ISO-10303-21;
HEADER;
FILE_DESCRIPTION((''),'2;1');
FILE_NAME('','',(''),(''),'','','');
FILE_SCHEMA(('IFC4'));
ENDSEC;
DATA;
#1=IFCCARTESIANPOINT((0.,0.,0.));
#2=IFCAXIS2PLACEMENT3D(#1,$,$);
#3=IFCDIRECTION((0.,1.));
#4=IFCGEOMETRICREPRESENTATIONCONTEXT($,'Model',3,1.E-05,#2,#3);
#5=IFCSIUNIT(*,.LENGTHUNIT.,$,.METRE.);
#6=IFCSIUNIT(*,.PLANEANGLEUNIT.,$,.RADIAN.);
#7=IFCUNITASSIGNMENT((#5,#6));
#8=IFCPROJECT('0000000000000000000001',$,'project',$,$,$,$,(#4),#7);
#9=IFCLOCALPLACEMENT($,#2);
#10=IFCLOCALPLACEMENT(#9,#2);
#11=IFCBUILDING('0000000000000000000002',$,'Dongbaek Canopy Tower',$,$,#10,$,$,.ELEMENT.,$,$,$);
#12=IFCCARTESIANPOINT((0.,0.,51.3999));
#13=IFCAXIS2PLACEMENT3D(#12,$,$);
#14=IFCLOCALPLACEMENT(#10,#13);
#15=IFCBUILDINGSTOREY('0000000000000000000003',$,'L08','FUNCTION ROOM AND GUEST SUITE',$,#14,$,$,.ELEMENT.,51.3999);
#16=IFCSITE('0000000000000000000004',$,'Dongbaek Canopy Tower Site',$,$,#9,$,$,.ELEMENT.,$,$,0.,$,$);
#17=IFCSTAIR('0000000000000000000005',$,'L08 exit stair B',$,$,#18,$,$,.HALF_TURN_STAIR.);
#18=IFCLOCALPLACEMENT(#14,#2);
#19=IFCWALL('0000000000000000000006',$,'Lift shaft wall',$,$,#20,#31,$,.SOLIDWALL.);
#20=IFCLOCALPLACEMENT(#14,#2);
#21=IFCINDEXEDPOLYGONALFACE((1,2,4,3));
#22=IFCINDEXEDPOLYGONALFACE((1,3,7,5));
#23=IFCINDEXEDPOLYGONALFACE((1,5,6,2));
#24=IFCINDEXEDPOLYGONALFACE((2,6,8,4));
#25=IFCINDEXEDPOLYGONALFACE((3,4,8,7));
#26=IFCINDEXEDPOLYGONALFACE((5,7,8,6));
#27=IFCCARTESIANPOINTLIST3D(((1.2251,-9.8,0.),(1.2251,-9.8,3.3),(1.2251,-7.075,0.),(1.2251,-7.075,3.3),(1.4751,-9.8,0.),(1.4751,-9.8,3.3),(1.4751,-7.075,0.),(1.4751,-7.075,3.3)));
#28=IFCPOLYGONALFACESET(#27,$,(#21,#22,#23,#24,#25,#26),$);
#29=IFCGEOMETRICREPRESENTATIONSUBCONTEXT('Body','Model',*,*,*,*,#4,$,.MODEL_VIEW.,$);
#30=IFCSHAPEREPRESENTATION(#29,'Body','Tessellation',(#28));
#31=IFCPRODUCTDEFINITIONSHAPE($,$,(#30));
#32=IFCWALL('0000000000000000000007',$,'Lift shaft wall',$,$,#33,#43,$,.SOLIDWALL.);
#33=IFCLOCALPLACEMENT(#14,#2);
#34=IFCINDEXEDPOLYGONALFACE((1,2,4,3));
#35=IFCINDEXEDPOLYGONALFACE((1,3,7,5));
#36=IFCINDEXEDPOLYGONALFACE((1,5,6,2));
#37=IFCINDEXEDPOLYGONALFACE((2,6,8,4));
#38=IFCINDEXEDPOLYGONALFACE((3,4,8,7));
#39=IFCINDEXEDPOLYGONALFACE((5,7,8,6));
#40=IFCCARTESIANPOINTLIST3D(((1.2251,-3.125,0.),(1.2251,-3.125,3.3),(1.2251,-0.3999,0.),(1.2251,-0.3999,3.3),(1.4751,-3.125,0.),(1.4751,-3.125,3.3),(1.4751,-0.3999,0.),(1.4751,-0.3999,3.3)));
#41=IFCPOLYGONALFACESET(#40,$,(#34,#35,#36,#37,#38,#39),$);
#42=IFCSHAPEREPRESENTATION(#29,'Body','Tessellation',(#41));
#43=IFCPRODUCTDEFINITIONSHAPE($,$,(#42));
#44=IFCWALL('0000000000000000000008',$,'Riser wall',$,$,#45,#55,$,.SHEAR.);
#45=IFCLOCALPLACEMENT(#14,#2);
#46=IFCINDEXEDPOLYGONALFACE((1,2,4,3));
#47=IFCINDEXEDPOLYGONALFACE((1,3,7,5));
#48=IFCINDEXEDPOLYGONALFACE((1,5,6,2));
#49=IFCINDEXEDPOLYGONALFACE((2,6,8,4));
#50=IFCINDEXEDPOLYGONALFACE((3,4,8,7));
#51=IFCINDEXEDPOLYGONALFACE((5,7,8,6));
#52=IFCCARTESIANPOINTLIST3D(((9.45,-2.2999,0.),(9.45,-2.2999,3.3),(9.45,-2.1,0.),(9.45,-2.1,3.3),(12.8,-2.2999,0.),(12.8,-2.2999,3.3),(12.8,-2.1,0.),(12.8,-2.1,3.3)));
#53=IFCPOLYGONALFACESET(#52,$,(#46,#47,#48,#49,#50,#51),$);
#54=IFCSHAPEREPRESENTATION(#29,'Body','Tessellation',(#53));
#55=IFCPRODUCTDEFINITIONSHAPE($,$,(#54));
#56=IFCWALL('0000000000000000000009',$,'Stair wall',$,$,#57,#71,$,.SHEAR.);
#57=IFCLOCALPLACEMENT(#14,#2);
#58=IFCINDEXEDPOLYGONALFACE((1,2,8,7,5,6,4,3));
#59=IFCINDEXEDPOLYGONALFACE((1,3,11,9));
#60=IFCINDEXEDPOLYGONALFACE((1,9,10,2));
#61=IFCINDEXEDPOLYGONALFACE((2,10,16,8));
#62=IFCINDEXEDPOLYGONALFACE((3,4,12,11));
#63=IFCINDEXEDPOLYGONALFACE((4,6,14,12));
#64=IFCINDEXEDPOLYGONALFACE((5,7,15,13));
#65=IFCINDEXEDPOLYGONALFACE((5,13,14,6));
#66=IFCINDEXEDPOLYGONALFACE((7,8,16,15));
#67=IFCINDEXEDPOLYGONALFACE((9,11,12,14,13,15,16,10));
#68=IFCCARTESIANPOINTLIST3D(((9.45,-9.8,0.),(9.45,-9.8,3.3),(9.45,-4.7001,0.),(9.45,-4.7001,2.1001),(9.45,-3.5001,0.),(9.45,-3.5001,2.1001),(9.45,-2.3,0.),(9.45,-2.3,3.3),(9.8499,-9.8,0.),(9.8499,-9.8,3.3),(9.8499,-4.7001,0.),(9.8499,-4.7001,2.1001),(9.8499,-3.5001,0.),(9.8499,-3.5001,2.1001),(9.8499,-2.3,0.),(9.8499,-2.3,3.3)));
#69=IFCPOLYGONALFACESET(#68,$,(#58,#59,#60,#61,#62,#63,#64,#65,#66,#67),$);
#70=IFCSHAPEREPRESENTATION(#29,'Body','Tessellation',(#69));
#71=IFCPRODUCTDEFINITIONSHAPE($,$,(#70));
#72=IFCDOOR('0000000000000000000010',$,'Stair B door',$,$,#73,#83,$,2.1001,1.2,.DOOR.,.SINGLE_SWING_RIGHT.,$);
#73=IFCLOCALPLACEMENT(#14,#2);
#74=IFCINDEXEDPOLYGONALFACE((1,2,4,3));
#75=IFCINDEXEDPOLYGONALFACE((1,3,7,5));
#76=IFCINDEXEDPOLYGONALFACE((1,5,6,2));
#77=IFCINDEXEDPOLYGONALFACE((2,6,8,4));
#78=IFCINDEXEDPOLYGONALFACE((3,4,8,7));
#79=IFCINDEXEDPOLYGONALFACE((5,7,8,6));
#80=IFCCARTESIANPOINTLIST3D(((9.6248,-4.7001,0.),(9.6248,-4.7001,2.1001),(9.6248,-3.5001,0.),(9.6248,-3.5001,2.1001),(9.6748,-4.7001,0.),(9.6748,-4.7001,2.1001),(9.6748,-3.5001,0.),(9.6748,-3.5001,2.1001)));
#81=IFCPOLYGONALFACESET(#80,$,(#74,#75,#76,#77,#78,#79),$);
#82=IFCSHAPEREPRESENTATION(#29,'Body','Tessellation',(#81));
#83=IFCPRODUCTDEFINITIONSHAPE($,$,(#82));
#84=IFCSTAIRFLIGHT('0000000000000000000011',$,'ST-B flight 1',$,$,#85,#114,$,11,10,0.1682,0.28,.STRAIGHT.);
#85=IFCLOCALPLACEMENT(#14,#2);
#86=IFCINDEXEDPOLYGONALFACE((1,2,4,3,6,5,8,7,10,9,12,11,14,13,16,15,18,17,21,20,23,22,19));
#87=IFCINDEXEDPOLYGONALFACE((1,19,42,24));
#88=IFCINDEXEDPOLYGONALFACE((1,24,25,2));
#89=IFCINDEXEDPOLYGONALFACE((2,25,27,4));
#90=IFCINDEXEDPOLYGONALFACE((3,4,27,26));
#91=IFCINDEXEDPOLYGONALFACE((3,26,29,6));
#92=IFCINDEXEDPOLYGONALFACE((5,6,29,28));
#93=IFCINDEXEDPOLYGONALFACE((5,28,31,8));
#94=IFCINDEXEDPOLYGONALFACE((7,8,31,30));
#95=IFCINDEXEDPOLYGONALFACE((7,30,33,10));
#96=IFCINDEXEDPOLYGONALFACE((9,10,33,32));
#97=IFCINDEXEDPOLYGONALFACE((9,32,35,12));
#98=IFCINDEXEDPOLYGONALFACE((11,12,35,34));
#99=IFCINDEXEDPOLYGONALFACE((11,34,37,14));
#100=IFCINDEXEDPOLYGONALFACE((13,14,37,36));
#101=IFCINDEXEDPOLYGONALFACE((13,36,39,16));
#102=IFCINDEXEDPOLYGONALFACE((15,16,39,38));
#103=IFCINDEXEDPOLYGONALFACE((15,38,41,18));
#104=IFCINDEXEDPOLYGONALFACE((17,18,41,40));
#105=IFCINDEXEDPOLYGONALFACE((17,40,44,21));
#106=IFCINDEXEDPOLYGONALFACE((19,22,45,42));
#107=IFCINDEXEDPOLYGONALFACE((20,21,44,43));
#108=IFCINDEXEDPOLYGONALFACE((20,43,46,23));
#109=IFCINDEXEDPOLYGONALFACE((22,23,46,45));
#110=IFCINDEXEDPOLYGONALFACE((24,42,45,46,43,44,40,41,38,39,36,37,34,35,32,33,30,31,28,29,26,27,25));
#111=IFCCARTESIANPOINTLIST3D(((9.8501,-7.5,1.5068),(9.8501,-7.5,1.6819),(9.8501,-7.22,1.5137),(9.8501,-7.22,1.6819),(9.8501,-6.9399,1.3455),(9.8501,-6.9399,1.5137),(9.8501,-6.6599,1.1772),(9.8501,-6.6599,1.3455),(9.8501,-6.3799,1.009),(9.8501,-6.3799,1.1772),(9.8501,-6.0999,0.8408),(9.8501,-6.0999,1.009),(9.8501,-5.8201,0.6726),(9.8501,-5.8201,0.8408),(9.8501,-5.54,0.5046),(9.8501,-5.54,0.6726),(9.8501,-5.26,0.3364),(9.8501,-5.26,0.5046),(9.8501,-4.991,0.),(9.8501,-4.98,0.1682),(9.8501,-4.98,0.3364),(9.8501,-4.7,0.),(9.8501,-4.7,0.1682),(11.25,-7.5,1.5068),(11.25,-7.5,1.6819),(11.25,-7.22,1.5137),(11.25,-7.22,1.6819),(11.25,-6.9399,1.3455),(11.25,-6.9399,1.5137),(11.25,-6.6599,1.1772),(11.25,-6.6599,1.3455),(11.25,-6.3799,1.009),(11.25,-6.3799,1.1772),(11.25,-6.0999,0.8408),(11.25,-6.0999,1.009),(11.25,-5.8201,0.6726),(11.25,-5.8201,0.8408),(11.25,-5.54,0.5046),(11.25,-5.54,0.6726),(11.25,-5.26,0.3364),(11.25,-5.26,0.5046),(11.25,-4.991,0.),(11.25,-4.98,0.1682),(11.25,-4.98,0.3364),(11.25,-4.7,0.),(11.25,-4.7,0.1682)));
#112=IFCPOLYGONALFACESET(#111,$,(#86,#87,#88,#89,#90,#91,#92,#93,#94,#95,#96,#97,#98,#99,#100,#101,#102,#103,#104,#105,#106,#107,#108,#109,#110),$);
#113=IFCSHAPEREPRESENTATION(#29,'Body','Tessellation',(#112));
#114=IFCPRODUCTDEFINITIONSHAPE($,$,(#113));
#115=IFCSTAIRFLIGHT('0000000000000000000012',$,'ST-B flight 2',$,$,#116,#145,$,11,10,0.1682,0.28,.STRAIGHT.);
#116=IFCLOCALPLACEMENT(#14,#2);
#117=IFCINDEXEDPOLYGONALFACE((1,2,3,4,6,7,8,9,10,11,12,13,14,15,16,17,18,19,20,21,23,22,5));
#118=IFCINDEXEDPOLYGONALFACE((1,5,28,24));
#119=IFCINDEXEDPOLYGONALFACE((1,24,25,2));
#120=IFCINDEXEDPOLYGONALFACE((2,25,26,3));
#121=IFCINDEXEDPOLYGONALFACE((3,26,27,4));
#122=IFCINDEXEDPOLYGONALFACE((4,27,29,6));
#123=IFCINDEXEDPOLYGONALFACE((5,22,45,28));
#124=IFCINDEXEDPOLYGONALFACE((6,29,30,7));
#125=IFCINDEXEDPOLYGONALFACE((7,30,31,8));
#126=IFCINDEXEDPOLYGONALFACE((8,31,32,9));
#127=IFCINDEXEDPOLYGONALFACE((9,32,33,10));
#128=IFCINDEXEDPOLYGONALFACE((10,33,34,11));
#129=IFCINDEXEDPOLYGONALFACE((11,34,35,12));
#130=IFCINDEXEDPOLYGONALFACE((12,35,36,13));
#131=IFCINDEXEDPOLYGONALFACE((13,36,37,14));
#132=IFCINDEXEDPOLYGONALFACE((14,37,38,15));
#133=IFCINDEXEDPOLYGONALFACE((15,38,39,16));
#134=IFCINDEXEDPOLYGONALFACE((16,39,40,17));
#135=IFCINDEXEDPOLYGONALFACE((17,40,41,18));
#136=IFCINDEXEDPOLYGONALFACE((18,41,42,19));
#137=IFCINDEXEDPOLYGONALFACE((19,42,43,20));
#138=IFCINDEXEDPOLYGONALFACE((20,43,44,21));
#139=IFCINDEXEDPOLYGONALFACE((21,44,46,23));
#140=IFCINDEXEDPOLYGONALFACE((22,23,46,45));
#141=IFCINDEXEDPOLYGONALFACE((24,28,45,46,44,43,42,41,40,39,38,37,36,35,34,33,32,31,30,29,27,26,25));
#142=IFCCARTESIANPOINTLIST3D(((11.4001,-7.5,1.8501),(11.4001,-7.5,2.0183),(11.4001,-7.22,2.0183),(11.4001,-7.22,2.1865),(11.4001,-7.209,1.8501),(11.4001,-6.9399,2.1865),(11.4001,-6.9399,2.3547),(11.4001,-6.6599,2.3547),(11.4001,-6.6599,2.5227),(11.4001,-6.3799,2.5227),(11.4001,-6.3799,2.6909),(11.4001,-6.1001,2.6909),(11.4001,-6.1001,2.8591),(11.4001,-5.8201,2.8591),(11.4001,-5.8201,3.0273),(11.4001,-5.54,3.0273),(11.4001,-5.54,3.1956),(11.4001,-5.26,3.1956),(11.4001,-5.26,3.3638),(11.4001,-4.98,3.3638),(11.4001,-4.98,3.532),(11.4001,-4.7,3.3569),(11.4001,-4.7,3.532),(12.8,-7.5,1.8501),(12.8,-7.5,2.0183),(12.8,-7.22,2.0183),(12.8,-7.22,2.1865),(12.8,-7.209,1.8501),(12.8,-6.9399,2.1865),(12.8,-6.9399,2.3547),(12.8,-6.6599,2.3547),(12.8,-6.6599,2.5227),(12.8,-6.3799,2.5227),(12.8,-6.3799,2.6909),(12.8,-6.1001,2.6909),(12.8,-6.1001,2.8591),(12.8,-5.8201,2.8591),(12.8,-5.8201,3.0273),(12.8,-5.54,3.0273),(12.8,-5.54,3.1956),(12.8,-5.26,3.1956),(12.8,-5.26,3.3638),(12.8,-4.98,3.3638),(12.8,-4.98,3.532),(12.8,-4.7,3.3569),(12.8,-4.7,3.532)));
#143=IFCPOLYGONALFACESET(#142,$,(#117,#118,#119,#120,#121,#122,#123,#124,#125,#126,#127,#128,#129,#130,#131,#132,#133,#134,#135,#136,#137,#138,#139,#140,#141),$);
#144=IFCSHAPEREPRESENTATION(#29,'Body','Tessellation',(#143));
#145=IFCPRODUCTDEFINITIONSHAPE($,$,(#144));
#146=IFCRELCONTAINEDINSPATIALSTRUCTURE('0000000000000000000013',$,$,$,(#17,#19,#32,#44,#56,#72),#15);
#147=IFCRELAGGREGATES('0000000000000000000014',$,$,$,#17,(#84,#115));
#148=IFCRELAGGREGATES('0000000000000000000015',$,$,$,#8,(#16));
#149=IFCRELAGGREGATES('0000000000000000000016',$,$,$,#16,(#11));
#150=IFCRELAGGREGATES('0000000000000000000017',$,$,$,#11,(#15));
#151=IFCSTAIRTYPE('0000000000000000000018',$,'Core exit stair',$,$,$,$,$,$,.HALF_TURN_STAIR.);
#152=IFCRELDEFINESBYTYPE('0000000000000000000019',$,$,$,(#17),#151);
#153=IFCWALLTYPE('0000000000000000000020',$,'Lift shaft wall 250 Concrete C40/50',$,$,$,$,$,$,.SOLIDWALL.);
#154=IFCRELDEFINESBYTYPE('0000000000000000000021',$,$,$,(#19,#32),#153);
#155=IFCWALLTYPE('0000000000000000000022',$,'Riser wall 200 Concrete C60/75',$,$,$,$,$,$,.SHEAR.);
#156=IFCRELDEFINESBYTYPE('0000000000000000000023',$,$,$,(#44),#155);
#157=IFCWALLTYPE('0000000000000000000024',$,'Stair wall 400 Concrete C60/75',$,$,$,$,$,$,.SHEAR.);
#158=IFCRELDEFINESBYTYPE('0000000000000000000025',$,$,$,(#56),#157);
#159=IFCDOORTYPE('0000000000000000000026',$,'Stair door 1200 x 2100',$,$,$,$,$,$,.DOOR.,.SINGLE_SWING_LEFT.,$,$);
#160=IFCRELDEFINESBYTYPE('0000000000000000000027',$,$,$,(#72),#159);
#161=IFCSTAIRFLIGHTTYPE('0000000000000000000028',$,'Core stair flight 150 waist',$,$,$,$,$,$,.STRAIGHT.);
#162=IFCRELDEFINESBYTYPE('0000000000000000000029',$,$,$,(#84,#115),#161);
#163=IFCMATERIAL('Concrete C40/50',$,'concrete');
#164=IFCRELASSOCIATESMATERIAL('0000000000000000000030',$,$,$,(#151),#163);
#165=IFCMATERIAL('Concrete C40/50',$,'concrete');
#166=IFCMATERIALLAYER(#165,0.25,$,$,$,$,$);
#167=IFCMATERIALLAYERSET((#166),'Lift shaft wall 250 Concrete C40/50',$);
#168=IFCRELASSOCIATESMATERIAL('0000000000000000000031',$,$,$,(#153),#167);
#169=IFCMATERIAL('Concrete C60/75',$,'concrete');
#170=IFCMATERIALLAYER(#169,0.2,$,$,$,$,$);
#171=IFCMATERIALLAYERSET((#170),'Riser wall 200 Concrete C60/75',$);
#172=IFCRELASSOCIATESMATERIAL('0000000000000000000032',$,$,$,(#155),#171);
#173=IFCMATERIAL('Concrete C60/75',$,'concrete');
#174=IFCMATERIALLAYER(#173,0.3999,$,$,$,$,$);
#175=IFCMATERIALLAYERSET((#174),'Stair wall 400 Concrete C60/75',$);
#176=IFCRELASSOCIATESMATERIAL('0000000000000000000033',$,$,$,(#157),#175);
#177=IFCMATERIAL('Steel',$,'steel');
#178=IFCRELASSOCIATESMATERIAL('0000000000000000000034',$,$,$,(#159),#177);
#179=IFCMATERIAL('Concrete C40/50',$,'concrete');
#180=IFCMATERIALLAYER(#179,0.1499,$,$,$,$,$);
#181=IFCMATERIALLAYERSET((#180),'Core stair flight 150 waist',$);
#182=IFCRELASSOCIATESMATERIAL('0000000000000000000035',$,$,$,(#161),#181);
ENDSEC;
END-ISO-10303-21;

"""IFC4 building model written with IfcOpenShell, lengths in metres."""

from ifc_helpers import new_model, si_unit, direction, frame, frame_2d, origin, place, context, subcontext, project, spatial, polyline, rectangle, outline, extrude, material, layer, layer_set, type_object, element, fill, aggregate, save


model = new_model("IFC4")

# Units and contexts
model_context = context("Model", 3, precision=1e-05, world=origin(), true_north=direction((0.0, 1.0)))
body_context = subcontext(model_context, "Body", "Model", "MODEL_VIEW")
ifc_project = project(units=[si_unit("LENGTHUNIT", "METRE"), si_unit("PLANEANGLEUNIT", "RADIAN")], contexts=[model_context])

# Site, building, storey
site_placement = place(None, origin())
site = spatial("IfcSite", under=ifc_project, at=site_placement, Name="Dongbaek Canopy Tower Site", CompositionType="ELEMENT", RefElevation=0.0)
building_placement = place(site_placement, origin())
building = spatial("IfcBuilding", under=site, at=building_placement, Name="Dongbaek Canopy Tower", CompositionType="ELEMENT")
storey_placement = place(building_placement, frame((0.0, 0.0, 51.3999)))
storey = spatial("IfcBuildingStorey", under=building, at=storey_placement, Name="L08", Description="FUNCTION ROOM AND GUEST SUITE", CompositionType="ELEMENT", Elevation=51.3999)

# Stair
ifc_material_1 = material(Name="Concrete C40/50", Category="concrete")
stair_type = type_object("IfcStairType", Name="Core exit stair", PredefinedType="HALF_TURN_STAIR", material=ifc_material_1)
stair_1_placement = place(storey_placement, origin())
stair_1 = element("IfcStair", 1, at=stair_1_placement, inside=storey, type_object=stair_type, Name="L08 exit stair B", PredefinedType="HALF_TURN_STAIR")

# Walls
ifc_material_2 = material(Name="Concrete C40/50", Category="concrete")
ifc_layer_1 = layer(ifc_material_2, 0.25)
ifc_layer_set_1 = layer_set([ifc_layer_1], Name="Lift shaft wall 250 Concrete C40/50")
wall_type_1 = type_object("IfcWallType", Name="Lift shaft wall 250 Concrete C40/50", PredefinedType="SOLIDWALL", material=ifc_layer_set_1)
for number, where, z_axis, x_axis, name in (
    (2, (1.3501, -9.8, 0.0), (0.0, 0.0, 1.0), (0.0, 1.0, 0.0), "Lift shaft wall"),
    (3, (1.3501, -3.125, 0.0), (0.0, 0.0, 1.0), (0.0, 1.0, 0.0), "Lift shaft wall"),
):
    element("IfcWall", number, at=place(storey_placement, frame(where, z_axis=z_axis, x_axis=x_axis)), inside=storey, type_object=wall_type_1, Name=name, PredefinedType="SOLIDWALL", context=body_context, shape_type="SweptSolid", body=[
        extrude(rectangle(XDim=2.7251, YDim=0.25, at=frame_2d((1.3625, 0.0))), origin(), (0.0, 0.0, 1.0), 3.3),
    ])
ifc_material_3 = material(Name="Concrete C60/75", Category="concrete")
ifc_layer_2 = layer(ifc_material_3, 0.2)
ifc_layer_set_2 = layer_set([ifc_layer_2], Name="Riser wall 200 Concrete C60/75")
wall_type_2 = type_object("IfcWallType", Name="Riser wall 200 Concrete C60/75", PredefinedType="SHEAR", material=ifc_layer_set_2)
wall_1_placement = place(storey_placement, frame((9.45, -2.2, 0.0), z_axis=(0.0, 0.0, 1.0), x_axis=(1.0, 0.0, 0.0)))
element("IfcWall", 4, at=wall_1_placement, inside=storey, type_object=wall_type_2, Name="Riser wall", PredefinedType="SHEAR", context=body_context, shape_type="SweptSolid", body=[
    extrude(rectangle(XDim=3.3501, YDim=0.2, at=frame_2d((1.675, 0.0))), origin(), (0.0, 0.0, 1.0), 3.3),
])

# Wall, opening, door
ifc_material_4 = material(Name="Concrete C60/75", Category="concrete")
ifc_layer_3 = layer(ifc_material_4, 0.3999)
ifc_layer_set_3 = layer_set([ifc_layer_3], Name="Stair wall 400 Concrete C60/75")
wall_type_3 = type_object("IfcWallType", Name="Stair wall 400 Concrete C60/75", PredefinedType="SHEAR", material=ifc_layer_set_3)
wall_2_placement = place(storey_placement, frame((9.6499, -2.3, 0.0), z_axis=(0.0, 0.0, 1.0), x_axis=(0.0, -1.0, 0.0)))
wall_2 = element("IfcWall", 5, at=wall_2_placement, inside=storey, type_object=wall_type_3, Name="Stair wall", PredefinedType="SHEAR", context=body_context, shape_type="SweptSolid", body=[
    extrude(rectangle(XDim=7.5, YDim=0.3999, at=frame_2d((3.75, 0.0))), origin(), (0.0, 0.0, 1.0), 3.3),
])
opening_1_placement = place(wall_2_placement, frame((1.2, 0.0, 0.0)))
opening_1 = element("IfcOpeningElement", 6, at=opening_1_placement, cuts=wall_2, PredefinedType="OPENING", context=body_context, shape_type="SweptSolid", body=[
    extrude(rectangle(XDim=1.2, YDim=2.1001, at=frame_2d((0.6001, 1.05))), frame((0.0, 0.21, 0.0), z_axis=(0.0, -1.0, 0.0), x_axis=(1.0, 0.0, 0.0)), (0.0, 0.0, 1.0), 0.4199),
])
ifc_material_5 = material(Name="Steel", Category="steel")
door_type_1 = type_object("IfcDoorType", Name="Stair door 1200 x 2100", OperationType="SINGLE_SWING_LEFT", PredefinedType="DOOR", material=ifc_material_5)
door_1_placement = place(opening_1_placement, origin())
door_1 = element("IfcDoor", 7, at=door_1_placement, inside=storey, type_object=door_type_1, Name="Stair B door", OperationType="SINGLE_SWING_RIGHT", OverallHeight=2.1001, OverallWidth=1.2, PredefinedType="DOOR", context=body_context, shape_type="SweptSolid", body=[
    extrude(rectangle(XDim=1.2, YDim=2.1001, at=frame_2d((0.6001, 1.05))), frame((0.0, 0.0249, 0.0), z_axis=(0.0, -1.0, 0.0), x_axis=(1.0, 0.0, 0.0)), (0.0, 0.0, 1.0), 0.05),
])
fill(opening_1, door_1)

# Stair flights
ifc_material_6 = material(Name="Concrete C40/50", Category="concrete")
ifc_layer_4 = layer(ifc_material_6, 0.1499)
ifc_layer_set_4 = layer_set([ifc_layer_4], Name="Core stair flight 150 waist")
stair_flight_type = type_object("IfcStairFlightType", Name="Core stair flight 150 waist", PredefinedType="STRAIGHT", material=ifc_layer_set_4)
stair_flight_1_placement = place(storey_placement, frame((10.55, -4.7, 0.0), z_axis=(0.0, 0.0, 1.0), x_axis=(0.0, -1.0, 0.0)))
stair_flight_1 = element("IfcStairFlight", 8, at=stair_flight_1_placement, type_object=stair_flight_type, Name="ST-B flight 1", NumberOfRisers=11, NumberOfTreads=10, PredefinedType="STRAIGHT", RiserHeight=0.1682, TreadLength=0.28, context=body_context, shape_type="SweptSolid", body=[
    extrude(outline(polyline([(0.0, 0.0), (0.0, 0.1682), (0.28, 0.1682), (0.28, 0.3364), (0.5601, 0.3364), (0.5601, 0.5046), (0.8401, 0.5046), (0.8401, 0.6726), (1.1201, 0.6726), (1.1201, 0.8408), (1.3999, 0.8408), (1.3999, 1.009), (1.6799, 1.009), (1.6799, 1.1772), (1.96, 1.1772), (1.96, 1.3455), (2.24, 1.3455), (2.24, 1.5137), (2.52, 1.5137), (2.52, 1.6819), (2.8, 1.6819), (2.8, 1.8501), (2.8, 1.5068), (0.291, 0.0), (0.0, 0.0)])), frame((0.0, 0.7, 0.0), z_axis=(0.0, -1.0, 0.0), x_axis=(1.0, 0.0, 0.0)), (0.0, 0.0, 1.0), 1.3999),
])
stair_flight_2_placement = place(storey_placement, frame((12.1001, -7.5, 1.8501), z_axis=(0.0, 0.0, 1.0), x_axis=(0.0, 1.0, 0.0)))
stair_flight_2 = element("IfcStairFlight", 9, at=stair_flight_2_placement, type_object=stair_flight_type, Name="ST-B flight 2", NumberOfRisers=11, NumberOfTreads=10, PredefinedType="STRAIGHT", RiserHeight=0.1682, TreadLength=0.28, context=body_context, shape_type="SweptSolid", body=[
    extrude(outline(polyline([(0.0, 0.0), (0.0, 0.1682), (0.28, 0.1682), (0.28, 0.3364), (0.5601, 0.3364), (0.5601, 0.5046), (0.8401, 0.5046), (0.8401, 0.6726), (1.1201, 0.6726), (1.1201, 0.8408), (1.3999, 0.8408), (1.3999, 1.009), (1.6799, 1.009), (1.6799, 1.1772), (1.96, 1.1772), (1.96, 1.3455), (2.24, 1.3455), (2.24, 1.5137), (2.52, 1.5137), (2.52, 1.6819), (2.8, 1.6819), (2.8, 1.8501), (2.8, 1.5068), (0.291, 0.0), (0.0, 0.0)])), frame((0.0, 0.7, 0.0), z_axis=(0.0, -1.0, 0.0), x_axis=(1.0, 0.0, 0.0)), (0.0, 0.0, 1.0), 1.3999),
])
aggregate(stair_1, [stair_flight_1, stair_flight_2])

save(model, "model.ifc")
